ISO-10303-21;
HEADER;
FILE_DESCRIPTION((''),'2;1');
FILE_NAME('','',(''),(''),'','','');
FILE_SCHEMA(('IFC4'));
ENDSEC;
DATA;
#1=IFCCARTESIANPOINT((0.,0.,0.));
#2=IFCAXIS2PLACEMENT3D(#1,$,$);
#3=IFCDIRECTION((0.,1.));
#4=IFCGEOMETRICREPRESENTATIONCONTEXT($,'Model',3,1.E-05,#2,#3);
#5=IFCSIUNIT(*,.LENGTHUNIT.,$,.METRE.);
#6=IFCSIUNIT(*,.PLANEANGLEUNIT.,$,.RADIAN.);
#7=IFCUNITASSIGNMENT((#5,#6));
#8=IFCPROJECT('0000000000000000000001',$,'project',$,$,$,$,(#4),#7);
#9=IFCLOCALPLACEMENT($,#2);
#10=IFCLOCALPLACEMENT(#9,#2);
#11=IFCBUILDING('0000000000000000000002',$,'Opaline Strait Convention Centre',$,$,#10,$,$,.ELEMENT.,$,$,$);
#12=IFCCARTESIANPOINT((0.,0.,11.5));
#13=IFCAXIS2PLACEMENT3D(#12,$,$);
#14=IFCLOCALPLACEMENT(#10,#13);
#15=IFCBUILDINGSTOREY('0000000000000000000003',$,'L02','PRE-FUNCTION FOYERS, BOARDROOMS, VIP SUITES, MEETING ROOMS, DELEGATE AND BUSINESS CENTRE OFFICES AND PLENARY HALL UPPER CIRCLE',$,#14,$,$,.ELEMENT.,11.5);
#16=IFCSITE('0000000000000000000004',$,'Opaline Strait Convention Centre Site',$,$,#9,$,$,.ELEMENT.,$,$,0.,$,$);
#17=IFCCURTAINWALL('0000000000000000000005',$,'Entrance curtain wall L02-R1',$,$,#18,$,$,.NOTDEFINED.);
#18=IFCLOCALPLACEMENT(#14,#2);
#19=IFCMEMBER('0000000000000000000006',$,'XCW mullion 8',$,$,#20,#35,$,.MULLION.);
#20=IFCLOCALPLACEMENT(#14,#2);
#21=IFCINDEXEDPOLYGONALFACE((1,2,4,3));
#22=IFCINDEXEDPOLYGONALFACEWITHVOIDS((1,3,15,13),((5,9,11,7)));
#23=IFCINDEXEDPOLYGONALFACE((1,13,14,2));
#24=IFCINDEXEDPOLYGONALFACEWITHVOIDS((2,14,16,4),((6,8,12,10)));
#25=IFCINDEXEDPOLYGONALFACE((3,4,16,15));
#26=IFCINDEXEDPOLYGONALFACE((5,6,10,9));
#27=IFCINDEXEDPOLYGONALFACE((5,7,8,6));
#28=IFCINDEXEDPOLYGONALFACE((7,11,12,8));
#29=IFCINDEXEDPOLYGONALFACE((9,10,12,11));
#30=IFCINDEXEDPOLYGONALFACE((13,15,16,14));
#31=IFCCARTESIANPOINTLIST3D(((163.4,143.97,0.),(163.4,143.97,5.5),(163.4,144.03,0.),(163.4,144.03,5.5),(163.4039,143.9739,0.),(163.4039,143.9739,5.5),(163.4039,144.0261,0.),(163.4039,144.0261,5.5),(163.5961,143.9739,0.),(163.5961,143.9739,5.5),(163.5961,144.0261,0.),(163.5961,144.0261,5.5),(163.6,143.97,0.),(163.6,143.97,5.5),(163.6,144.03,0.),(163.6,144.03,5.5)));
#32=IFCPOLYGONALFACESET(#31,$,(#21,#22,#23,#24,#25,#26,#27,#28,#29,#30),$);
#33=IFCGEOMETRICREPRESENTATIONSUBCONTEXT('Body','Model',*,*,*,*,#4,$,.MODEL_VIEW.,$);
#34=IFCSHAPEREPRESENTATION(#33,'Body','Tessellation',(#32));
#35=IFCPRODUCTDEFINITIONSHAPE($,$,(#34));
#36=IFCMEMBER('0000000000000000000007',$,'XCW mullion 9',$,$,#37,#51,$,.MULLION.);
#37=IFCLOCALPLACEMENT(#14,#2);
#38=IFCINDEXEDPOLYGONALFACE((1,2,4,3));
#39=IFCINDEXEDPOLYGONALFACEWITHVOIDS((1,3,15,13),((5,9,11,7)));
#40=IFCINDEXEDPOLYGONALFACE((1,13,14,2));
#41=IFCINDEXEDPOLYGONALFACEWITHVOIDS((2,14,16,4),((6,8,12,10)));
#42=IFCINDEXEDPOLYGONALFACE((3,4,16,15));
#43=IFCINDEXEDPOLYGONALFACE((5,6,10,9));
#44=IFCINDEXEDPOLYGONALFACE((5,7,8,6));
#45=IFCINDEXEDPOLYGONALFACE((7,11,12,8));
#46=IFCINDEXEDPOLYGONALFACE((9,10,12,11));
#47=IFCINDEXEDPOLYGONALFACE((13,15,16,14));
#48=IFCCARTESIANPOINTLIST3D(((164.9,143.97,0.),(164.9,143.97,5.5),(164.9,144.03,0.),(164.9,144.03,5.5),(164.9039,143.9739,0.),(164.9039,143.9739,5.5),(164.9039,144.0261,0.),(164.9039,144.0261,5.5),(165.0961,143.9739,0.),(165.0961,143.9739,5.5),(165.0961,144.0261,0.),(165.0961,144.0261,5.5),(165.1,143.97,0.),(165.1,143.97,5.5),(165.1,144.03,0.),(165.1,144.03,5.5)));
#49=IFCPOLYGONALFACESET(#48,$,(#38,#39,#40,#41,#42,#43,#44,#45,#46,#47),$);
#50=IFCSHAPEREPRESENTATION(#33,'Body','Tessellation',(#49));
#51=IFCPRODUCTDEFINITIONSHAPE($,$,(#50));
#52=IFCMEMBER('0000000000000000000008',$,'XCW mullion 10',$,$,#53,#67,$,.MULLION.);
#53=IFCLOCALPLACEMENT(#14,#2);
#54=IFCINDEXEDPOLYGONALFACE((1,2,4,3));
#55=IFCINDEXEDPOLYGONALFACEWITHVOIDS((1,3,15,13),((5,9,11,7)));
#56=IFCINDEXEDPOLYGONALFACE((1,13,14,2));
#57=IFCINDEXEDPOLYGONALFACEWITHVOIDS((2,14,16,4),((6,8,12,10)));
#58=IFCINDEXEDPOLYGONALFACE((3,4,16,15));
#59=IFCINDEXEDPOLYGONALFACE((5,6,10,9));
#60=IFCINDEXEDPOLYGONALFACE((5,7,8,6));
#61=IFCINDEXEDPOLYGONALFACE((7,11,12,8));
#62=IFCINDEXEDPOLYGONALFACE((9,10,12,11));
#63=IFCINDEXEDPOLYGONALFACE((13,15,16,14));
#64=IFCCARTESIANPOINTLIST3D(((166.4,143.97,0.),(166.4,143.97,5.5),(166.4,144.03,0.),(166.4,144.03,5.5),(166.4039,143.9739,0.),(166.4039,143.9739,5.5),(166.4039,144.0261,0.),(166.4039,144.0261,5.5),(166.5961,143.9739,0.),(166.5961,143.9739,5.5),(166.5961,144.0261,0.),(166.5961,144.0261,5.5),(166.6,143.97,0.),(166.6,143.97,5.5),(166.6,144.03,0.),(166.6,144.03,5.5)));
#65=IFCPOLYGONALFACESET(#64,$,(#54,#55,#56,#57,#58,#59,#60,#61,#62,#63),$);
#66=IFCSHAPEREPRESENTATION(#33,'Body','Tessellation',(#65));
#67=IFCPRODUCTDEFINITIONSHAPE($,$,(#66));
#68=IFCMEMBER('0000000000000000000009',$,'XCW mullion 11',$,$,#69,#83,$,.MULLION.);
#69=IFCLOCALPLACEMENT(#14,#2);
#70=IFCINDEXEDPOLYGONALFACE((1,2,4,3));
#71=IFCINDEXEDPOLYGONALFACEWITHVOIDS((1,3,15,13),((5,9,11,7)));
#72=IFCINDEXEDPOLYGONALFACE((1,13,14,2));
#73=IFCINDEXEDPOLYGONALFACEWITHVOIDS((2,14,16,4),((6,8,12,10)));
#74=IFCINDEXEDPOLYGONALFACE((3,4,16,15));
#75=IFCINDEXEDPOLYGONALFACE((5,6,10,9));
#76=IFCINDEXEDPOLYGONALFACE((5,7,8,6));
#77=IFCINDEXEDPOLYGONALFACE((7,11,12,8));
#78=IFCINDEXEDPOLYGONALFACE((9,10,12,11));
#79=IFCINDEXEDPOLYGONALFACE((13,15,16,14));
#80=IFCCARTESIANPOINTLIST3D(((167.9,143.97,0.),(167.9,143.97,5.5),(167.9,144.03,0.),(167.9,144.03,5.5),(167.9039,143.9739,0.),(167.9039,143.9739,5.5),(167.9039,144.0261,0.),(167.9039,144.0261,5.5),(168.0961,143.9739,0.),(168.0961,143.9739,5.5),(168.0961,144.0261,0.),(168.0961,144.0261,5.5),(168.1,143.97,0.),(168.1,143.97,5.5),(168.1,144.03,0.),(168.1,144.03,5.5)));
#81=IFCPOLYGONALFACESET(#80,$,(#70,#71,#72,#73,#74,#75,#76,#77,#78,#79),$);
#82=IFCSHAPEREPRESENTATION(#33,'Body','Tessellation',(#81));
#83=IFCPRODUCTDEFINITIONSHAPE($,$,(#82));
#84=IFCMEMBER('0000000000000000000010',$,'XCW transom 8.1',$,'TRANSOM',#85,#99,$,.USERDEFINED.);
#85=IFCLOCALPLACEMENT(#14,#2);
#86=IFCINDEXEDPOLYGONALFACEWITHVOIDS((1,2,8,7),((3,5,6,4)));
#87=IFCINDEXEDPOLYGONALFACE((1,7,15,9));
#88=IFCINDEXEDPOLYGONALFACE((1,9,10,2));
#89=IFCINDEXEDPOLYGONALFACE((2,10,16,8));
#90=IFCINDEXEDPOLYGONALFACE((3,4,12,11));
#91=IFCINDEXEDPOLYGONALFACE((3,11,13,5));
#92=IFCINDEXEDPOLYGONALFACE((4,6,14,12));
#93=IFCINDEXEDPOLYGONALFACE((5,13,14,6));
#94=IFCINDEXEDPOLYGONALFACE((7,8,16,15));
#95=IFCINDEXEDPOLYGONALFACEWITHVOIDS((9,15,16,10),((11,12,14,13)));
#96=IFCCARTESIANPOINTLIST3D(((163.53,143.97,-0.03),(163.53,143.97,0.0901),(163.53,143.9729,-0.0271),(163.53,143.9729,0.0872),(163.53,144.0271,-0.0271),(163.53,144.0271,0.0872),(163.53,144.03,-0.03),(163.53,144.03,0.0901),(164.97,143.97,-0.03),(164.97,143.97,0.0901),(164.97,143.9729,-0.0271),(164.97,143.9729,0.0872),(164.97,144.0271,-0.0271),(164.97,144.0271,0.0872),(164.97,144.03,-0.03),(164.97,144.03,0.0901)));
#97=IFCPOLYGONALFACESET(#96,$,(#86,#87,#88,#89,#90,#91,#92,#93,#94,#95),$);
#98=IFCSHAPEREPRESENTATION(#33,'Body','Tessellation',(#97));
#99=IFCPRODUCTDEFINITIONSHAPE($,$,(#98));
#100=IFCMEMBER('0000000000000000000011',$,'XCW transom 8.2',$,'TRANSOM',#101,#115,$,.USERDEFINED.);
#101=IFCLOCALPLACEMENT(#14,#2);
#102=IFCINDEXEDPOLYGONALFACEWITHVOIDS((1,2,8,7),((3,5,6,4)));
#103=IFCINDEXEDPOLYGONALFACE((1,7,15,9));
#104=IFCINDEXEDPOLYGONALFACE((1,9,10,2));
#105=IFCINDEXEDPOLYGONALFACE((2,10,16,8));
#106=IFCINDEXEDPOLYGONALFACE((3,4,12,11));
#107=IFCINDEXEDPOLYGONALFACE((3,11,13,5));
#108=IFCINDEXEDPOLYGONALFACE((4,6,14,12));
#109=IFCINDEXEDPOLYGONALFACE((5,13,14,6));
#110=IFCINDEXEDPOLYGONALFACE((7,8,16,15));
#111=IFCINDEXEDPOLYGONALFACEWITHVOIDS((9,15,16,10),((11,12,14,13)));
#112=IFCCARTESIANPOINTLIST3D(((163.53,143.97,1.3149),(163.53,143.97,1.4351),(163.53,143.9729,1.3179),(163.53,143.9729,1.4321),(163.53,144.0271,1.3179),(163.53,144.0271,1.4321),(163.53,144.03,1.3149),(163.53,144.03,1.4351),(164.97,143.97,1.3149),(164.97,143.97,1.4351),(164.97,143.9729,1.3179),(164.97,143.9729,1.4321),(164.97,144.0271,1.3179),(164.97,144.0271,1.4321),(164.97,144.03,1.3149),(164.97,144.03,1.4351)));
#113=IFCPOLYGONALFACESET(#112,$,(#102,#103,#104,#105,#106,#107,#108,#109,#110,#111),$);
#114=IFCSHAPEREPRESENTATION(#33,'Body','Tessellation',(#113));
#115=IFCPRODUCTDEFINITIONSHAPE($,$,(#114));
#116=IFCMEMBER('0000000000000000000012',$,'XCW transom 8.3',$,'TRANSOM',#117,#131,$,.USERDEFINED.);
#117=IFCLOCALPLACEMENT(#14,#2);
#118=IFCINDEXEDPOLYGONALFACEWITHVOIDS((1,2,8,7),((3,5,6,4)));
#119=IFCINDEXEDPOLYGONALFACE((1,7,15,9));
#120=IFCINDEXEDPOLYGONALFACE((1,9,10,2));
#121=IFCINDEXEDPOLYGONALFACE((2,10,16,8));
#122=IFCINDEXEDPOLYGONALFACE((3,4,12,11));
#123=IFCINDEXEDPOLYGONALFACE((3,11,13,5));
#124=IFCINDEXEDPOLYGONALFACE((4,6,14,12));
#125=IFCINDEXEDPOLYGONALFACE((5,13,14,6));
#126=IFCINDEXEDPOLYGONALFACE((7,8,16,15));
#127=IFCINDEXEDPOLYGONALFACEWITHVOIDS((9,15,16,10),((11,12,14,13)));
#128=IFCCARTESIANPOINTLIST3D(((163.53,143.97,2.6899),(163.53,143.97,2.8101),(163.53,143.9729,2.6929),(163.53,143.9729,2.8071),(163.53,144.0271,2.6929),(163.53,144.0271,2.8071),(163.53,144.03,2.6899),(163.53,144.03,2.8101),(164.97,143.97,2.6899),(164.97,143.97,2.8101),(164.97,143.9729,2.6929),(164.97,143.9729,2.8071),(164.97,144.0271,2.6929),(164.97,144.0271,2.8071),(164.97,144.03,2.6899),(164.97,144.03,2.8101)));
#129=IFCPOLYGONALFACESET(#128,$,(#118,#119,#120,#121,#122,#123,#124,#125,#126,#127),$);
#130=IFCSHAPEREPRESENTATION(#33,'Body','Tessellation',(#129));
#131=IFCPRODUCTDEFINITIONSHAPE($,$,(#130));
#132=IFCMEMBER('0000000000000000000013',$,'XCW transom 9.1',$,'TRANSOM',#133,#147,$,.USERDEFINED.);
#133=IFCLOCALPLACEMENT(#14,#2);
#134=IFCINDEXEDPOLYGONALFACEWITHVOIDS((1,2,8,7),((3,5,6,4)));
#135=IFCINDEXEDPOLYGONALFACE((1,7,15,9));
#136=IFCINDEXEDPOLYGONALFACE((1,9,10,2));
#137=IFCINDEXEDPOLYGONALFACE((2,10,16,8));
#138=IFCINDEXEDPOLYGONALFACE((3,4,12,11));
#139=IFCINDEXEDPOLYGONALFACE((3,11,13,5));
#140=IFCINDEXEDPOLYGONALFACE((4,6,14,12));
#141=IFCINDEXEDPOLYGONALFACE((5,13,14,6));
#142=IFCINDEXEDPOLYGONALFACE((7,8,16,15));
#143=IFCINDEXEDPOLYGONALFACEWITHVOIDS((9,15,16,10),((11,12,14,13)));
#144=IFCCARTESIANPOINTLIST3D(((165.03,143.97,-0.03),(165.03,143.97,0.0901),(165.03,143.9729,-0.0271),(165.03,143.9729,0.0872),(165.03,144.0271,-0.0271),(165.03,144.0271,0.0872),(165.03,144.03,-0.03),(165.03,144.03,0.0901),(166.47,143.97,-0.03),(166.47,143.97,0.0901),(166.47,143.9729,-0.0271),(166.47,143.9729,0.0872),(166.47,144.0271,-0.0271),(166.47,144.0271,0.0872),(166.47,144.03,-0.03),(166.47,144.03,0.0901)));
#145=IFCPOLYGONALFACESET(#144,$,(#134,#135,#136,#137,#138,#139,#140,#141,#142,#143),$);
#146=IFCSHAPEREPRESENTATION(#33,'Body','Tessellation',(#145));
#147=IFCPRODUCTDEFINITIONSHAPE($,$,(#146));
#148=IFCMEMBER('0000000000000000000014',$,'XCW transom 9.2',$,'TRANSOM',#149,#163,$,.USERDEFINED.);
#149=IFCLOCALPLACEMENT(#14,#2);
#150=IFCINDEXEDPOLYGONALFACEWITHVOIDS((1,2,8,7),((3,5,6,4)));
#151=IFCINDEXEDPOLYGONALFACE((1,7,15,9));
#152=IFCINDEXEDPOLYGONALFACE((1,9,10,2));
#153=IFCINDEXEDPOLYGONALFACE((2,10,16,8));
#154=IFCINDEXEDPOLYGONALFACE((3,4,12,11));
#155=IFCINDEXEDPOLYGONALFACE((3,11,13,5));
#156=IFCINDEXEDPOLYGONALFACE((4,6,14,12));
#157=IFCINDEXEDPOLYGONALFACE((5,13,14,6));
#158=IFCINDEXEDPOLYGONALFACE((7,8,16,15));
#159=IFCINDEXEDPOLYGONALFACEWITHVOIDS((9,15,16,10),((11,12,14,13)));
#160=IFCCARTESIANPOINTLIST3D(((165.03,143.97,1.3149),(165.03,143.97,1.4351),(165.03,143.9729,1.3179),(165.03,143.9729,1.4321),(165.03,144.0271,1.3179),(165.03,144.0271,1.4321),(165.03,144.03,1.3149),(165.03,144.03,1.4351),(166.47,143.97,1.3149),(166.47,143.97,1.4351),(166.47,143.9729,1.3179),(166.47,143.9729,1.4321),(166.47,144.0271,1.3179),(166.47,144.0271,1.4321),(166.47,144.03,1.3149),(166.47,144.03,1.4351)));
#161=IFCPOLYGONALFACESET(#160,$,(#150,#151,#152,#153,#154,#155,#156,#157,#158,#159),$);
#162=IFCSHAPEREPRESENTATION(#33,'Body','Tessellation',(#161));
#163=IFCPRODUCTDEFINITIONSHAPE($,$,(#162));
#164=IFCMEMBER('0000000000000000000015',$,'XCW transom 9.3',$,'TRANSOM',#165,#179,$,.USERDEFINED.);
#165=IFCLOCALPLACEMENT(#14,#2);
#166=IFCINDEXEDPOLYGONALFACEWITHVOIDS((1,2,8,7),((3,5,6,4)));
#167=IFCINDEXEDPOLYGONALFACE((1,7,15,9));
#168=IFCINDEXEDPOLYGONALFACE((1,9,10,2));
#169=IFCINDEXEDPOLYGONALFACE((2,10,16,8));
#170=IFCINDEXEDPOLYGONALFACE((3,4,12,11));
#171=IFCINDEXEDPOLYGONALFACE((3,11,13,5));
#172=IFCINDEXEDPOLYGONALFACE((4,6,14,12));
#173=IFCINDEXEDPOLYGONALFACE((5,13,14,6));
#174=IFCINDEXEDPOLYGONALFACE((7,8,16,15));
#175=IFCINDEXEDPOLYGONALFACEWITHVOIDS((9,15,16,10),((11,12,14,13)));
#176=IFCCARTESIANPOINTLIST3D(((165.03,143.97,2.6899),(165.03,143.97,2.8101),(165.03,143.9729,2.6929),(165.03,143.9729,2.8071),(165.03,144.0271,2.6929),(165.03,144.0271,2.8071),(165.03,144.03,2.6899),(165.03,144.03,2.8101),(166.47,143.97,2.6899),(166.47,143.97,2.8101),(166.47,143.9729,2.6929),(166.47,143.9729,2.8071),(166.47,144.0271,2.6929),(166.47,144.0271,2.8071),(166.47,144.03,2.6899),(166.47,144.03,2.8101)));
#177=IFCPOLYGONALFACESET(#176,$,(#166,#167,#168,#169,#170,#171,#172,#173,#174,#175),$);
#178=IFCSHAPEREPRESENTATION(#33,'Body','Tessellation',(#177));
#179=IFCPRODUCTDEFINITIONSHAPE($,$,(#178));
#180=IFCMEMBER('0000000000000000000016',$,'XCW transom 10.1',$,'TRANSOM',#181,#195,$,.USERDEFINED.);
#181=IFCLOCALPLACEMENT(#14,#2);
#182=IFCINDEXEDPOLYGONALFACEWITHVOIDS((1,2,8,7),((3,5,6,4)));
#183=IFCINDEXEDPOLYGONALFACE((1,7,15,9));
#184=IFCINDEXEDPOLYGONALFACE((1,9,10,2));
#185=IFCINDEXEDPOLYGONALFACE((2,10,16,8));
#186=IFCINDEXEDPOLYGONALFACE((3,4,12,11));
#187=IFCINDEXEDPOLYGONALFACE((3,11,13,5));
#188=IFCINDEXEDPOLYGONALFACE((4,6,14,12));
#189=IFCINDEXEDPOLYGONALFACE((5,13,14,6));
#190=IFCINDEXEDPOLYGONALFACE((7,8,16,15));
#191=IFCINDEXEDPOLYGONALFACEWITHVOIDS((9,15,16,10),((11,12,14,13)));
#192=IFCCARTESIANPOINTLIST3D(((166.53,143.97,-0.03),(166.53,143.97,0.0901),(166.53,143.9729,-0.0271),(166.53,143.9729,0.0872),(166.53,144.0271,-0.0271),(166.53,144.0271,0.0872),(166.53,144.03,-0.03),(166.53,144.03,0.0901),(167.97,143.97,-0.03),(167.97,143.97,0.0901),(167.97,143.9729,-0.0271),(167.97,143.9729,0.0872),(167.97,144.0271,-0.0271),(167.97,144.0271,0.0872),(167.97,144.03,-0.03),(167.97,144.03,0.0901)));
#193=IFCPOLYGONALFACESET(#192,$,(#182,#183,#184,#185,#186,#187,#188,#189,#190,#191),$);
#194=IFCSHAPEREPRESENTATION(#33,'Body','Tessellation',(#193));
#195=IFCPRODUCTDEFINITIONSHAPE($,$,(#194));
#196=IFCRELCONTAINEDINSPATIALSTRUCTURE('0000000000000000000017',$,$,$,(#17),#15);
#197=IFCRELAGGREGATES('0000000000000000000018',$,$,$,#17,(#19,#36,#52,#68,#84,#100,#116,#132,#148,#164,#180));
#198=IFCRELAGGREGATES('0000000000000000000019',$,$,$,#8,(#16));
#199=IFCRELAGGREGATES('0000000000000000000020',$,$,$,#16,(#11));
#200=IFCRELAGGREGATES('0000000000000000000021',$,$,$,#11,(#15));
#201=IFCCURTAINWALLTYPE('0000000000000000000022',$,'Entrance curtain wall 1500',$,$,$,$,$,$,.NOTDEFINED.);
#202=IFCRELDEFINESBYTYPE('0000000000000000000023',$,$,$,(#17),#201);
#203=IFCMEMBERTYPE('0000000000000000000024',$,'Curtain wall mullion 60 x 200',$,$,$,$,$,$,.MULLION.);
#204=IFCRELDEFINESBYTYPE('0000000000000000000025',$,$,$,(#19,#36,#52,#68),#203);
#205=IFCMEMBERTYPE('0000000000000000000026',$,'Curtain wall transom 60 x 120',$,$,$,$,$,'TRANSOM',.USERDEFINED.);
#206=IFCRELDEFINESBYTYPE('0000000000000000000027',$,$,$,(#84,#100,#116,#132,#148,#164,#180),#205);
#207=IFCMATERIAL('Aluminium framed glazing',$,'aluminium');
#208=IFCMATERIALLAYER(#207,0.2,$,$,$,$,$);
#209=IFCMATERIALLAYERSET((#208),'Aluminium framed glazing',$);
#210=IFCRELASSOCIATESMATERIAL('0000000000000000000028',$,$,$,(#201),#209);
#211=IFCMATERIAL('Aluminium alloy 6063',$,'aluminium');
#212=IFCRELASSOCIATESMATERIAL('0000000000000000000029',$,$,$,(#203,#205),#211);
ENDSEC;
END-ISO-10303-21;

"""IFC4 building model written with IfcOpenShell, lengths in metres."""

from ifc_helpers import new_model, si_unit, direction, frame, origin, origin_2d, place, context, subcontext, project, spatial, hollow_rectangle, extrude, material, layer, layer_set, material_profile, profile_set, type_object, element, aggregate, save


model = new_model("IFC4")

# Units and contexts
model_context = context("Model", 3, precision=1e-05, world=origin(), true_north=direction((0.0, 1.0)))
body_context = subcontext(model_context, "Body", "Model", "MODEL_VIEW")
ifc_project = project(units=[si_unit("LENGTHUNIT", "METRE"), si_unit("PLANEANGLEUNIT", "RADIAN")], contexts=[model_context])

# Site, building, storey
site_placement = place(None, origin())
site = spatial("IfcSite", under=ifc_project, at=site_placement, Name="Opaline Strait Convention Centre Site", CompositionType="ELEMENT", RefElevation=0.0)
building_placement = place(site_placement, origin())
building = spatial("IfcBuilding", under=site, at=building_placement, Name="Opaline Strait Convention Centre", CompositionType="ELEMENT")
storey_placement = place(building_placement, frame((0.0, 0.0, 11.5)))
storey = spatial("IfcBuildingStorey", under=building, at=storey_placement, Name="L02", Description="PRE-FUNCTION FOYERS, BOARDROOMS, VIP SUITES, MEETING ROOMS, DELEGATE AND BUSINESS CENTRE OFFICES AND PLENARY HALL UPPER CIRCLE", CompositionType="ELEMENT", Elevation=11.5)

# Curtain wall, members
ifc_material_1 = material(Name="Aluminium framed glazing", Category="aluminium")
ifc_layer_1 = layer(ifc_material_1, 0.2)
ifc_layer_set_1 = layer_set([ifc_layer_1], Name="Aluminium framed glazing")
curtain_wall_type = type_object("IfcCurtainWallType", Name="Entrance curtain wall 1500", PredefinedType="NOTDEFINED", material=ifc_layer_set_1)
curtain_wall_placement = place(storey_placement, origin())
curtain_wall = element("IfcCurtainWall", 1, at=curtain_wall_placement, inside=storey, type_object=curtain_wall_type, Name="Entrance curtain wall L02-R1", PredefinedType="NOTDEFINED")
ifc_material_2 = material(Name="Aluminium alloy 6063", Category="aluminium")
ifc_material_profile_1 = material_profile(ifc_material_2, hollow_rectangle(XDim=0.0601, YDim=0.2, WallThickness=0.0039, at=origin_2d()), Name="MULLION 60x200x4")
ifc_profile_set_1 = profile_set([ifc_material_profile_1], Name="Aluminium alloy 6063")
member_type_1 = type_object("IfcMemberType", Name="Curtain wall mullion 60 x 200", PredefinedType="MULLION", material=ifc_profile_set_1)
member_1_placement = place(storey_placement, frame((163.5, 144.0, 0.0), z_axis=(0.0, 0.0, 1.0), x_axis=(0.0, 1.0, 0.0)))
member_1 = element("IfcMember", 2, at=member_1_placement, type_object=member_type_1, Name="XCW mullion 8", PredefinedType="MULLION", context=body_context, shape_type="SweptSolid", body=[
    extrude(hollow_rectangle(XDim=0.0601, YDim=0.2, WallThickness=0.0039, at=origin_2d()), origin(), (0.0, 0.0, 1.0), 5.5),
])
member_2_placement = place(storey_placement, frame((165.0, 144.0, 0.0), z_axis=(0.0, 0.0, 1.0), x_axis=(0.0, 1.0, 0.0)))
member_2 = element("IfcMember", 3, at=member_2_placement, type_object=member_type_1, Name="XCW mullion 9", PredefinedType="MULLION", context=body_context, shape_type="SweptSolid", body=[
    extrude(hollow_rectangle(XDim=0.0601, YDim=0.2, WallThickness=0.0039, at=origin_2d()), origin(), (0.0, 0.0, 1.0), 5.5),
])
member_3_placement = place(storey_placement, frame((166.5, 144.0, 0.0), z_axis=(0.0, 0.0, 1.0), x_axis=(0.0, 1.0, 0.0)))
member_3 = element("IfcMember", 4, at=member_3_placement, type_object=member_type_1, Name="XCW mullion 10", PredefinedType="MULLION", context=body_context, shape_type="SweptSolid", body=[
    extrude(hollow_rectangle(XDim=0.0601, YDim=0.2, WallThickness=0.0039, at=origin_2d()), origin(), (0.0, 0.0, 1.0), 5.5),
])
member_4_placement = place(storey_placement, frame((168.0, 144.0, 0.0), z_axis=(0.0, 0.0, 1.0), x_axis=(0.0, 1.0, 0.0)))
member_4 = element("IfcMember", 5, at=member_4_placement, type_object=member_type_1, Name="XCW mullion 11", PredefinedType="MULLION", context=body_context, shape_type="SweptSolid", body=[
    extrude(hollow_rectangle(XDim=0.0601, YDim=0.2, WallThickness=0.0039, at=origin_2d()), origin(), (0.0, 0.0, 1.0), 5.5),
])
ifc_material_profile_2 = material_profile(ifc_material_2, hollow_rectangle(XDim=0.0601, YDim=0.1201, WallThickness=0.0029, at=origin_2d()), Name="TRANSOM 60x120x3")
ifc_profile_set_2 = profile_set([ifc_material_profile_2], Name="Aluminium alloy 6063")
member_type_2 = type_object("IfcMemberType", Name="Curtain wall transom 60 x 120", ElementType="TRANSOM", PredefinedType="USERDEFINED", material=ifc_profile_set_2)
member_5_placement = place(storey_placement, frame((163.53, 144.0, 0.03), z_axis=(1.0, 0.0, 0.0), x_axis=(0.0, 1.0, 0.0)))
member_5 = element("IfcMember", 6, at=member_5_placement, type_object=member_type_2, Name="XCW transom 8.1", ObjectType="TRANSOM", PredefinedType="USERDEFINED", context=body_context, shape_type="SweptSolid", body=[
    extrude(hollow_rectangle(XDim=0.0601, YDim=0.1201, WallThickness=0.0029, at=origin_2d()), origin(), (0.0, 0.0, 1.0), 1.4399),
])
member_6_placement = place(storey_placement, frame((163.53, 144.0, 1.375), z_axis=(1.0, 0.0, 0.0), x_axis=(0.0, 1.0, 0.0)))
member_6 = element("IfcMember", 7, at=member_6_placement, type_object=member_type_2, Name="XCW transom 8.2", ObjectType="TRANSOM", PredefinedType="USERDEFINED", context=body_context, shape_type="SweptSolid", body=[
    extrude(hollow_rectangle(XDim=0.0601, YDim=0.1201, WallThickness=0.0029, at=origin_2d()), origin(), (0.0, 0.0, 1.0), 1.4399),
])
member_7_placement = place(storey_placement, frame((163.53, 144.0, 2.75), z_axis=(1.0, 0.0, 0.0), x_axis=(0.0, 1.0, 0.0)))
member_7 = element("IfcMember", 8, at=member_7_placement, type_object=member_type_2, Name="XCW transom 8.3", ObjectType="TRANSOM", PredefinedType="USERDEFINED", context=body_context, shape_type="SweptSolid", body=[
    extrude(hollow_rectangle(XDim=0.0601, YDim=0.1201, WallThickness=0.0029, at=origin_2d()), origin(), (0.0, 0.0, 1.0), 1.4399),
])
member_8_placement = place(storey_placement, frame((165.03, 144.0, 0.03), z_axis=(1.0, 0.0, 0.0), x_axis=(0.0, 1.0, 0.0)))
member_8 = element("IfcMember", 9, at=member_8_placement, type_object=member_type_2, Name="XCW transom 9.1", ObjectType="TRANSOM", PredefinedType="USERDEFINED", context=body_context, shape_type="SweptSolid", body=[
    extrude(hollow_rectangle(XDim=0.0601, YDim=0.1201, WallThickness=0.0029, at=origin_2d()), origin(), (0.0, 0.0, 1.0), 1.4399),
])
member_9_placement = place(storey_placement, frame((165.03, 144.0, 1.375), z_axis=(1.0, 0.0, 0.0), x_axis=(0.0, 1.0, 0.0)))
member_9 = element("IfcMember", 10, at=member_9_placement, type_object=member_type_2, Name="XCW transom 9.2", ObjectType="TRANSOM", PredefinedType="USERDEFINED", context=body_context, shape_type="SweptSolid", body=[
    extrude(hollow_rectangle(XDim=0.0601, YDim=0.1201, WallThickness=0.0029, at=origin_2d()), origin(), (0.0, 0.0, 1.0), 1.4399),
])
member_10_placement = place(storey_placement, frame((165.03, 144.0, 2.75), z_axis=(1.0, 0.0, 0.0), x_axis=(0.0, 1.0, 0.0)))
member_10 = element("IfcMember", 11, at=member_10_placement, type_object=member_type_2, Name="XCW transom 9.3", ObjectType="TRANSOM", PredefinedType="USERDEFINED", context=body_context, shape_type="SweptSolid", body=[
    extrude(hollow_rectangle(XDim=0.0601, YDim=0.1201, WallThickness=0.0029, at=origin_2d()), origin(), (0.0, 0.0, 1.0), 1.4399),
])
member_11_placement = place(storey_placement, frame((166.53, 144.0, 0.03), z_axis=(1.0, 0.0, 0.0), x_axis=(0.0, 1.0, 0.0)))
member_11 = element("IfcMember", 12, at=member_11_placement, type_object=member_type_2, Name="XCW transom 10.1", ObjectType="TRANSOM", PredefinedType="USERDEFINED", context=body_context, shape_type="SweptSolid", body=[
    extrude(hollow_rectangle(XDim=0.0601, YDim=0.1201, WallThickness=0.0029, at=origin_2d()), origin(), (0.0, 0.0, 1.0), 1.4399),
])
aggregate(curtain_wall, [member_1, member_2, member_3, member_4, member_5, member_6, member_7, member_8, member_9, member_10, member_11])

save(model, "model.ifc")
